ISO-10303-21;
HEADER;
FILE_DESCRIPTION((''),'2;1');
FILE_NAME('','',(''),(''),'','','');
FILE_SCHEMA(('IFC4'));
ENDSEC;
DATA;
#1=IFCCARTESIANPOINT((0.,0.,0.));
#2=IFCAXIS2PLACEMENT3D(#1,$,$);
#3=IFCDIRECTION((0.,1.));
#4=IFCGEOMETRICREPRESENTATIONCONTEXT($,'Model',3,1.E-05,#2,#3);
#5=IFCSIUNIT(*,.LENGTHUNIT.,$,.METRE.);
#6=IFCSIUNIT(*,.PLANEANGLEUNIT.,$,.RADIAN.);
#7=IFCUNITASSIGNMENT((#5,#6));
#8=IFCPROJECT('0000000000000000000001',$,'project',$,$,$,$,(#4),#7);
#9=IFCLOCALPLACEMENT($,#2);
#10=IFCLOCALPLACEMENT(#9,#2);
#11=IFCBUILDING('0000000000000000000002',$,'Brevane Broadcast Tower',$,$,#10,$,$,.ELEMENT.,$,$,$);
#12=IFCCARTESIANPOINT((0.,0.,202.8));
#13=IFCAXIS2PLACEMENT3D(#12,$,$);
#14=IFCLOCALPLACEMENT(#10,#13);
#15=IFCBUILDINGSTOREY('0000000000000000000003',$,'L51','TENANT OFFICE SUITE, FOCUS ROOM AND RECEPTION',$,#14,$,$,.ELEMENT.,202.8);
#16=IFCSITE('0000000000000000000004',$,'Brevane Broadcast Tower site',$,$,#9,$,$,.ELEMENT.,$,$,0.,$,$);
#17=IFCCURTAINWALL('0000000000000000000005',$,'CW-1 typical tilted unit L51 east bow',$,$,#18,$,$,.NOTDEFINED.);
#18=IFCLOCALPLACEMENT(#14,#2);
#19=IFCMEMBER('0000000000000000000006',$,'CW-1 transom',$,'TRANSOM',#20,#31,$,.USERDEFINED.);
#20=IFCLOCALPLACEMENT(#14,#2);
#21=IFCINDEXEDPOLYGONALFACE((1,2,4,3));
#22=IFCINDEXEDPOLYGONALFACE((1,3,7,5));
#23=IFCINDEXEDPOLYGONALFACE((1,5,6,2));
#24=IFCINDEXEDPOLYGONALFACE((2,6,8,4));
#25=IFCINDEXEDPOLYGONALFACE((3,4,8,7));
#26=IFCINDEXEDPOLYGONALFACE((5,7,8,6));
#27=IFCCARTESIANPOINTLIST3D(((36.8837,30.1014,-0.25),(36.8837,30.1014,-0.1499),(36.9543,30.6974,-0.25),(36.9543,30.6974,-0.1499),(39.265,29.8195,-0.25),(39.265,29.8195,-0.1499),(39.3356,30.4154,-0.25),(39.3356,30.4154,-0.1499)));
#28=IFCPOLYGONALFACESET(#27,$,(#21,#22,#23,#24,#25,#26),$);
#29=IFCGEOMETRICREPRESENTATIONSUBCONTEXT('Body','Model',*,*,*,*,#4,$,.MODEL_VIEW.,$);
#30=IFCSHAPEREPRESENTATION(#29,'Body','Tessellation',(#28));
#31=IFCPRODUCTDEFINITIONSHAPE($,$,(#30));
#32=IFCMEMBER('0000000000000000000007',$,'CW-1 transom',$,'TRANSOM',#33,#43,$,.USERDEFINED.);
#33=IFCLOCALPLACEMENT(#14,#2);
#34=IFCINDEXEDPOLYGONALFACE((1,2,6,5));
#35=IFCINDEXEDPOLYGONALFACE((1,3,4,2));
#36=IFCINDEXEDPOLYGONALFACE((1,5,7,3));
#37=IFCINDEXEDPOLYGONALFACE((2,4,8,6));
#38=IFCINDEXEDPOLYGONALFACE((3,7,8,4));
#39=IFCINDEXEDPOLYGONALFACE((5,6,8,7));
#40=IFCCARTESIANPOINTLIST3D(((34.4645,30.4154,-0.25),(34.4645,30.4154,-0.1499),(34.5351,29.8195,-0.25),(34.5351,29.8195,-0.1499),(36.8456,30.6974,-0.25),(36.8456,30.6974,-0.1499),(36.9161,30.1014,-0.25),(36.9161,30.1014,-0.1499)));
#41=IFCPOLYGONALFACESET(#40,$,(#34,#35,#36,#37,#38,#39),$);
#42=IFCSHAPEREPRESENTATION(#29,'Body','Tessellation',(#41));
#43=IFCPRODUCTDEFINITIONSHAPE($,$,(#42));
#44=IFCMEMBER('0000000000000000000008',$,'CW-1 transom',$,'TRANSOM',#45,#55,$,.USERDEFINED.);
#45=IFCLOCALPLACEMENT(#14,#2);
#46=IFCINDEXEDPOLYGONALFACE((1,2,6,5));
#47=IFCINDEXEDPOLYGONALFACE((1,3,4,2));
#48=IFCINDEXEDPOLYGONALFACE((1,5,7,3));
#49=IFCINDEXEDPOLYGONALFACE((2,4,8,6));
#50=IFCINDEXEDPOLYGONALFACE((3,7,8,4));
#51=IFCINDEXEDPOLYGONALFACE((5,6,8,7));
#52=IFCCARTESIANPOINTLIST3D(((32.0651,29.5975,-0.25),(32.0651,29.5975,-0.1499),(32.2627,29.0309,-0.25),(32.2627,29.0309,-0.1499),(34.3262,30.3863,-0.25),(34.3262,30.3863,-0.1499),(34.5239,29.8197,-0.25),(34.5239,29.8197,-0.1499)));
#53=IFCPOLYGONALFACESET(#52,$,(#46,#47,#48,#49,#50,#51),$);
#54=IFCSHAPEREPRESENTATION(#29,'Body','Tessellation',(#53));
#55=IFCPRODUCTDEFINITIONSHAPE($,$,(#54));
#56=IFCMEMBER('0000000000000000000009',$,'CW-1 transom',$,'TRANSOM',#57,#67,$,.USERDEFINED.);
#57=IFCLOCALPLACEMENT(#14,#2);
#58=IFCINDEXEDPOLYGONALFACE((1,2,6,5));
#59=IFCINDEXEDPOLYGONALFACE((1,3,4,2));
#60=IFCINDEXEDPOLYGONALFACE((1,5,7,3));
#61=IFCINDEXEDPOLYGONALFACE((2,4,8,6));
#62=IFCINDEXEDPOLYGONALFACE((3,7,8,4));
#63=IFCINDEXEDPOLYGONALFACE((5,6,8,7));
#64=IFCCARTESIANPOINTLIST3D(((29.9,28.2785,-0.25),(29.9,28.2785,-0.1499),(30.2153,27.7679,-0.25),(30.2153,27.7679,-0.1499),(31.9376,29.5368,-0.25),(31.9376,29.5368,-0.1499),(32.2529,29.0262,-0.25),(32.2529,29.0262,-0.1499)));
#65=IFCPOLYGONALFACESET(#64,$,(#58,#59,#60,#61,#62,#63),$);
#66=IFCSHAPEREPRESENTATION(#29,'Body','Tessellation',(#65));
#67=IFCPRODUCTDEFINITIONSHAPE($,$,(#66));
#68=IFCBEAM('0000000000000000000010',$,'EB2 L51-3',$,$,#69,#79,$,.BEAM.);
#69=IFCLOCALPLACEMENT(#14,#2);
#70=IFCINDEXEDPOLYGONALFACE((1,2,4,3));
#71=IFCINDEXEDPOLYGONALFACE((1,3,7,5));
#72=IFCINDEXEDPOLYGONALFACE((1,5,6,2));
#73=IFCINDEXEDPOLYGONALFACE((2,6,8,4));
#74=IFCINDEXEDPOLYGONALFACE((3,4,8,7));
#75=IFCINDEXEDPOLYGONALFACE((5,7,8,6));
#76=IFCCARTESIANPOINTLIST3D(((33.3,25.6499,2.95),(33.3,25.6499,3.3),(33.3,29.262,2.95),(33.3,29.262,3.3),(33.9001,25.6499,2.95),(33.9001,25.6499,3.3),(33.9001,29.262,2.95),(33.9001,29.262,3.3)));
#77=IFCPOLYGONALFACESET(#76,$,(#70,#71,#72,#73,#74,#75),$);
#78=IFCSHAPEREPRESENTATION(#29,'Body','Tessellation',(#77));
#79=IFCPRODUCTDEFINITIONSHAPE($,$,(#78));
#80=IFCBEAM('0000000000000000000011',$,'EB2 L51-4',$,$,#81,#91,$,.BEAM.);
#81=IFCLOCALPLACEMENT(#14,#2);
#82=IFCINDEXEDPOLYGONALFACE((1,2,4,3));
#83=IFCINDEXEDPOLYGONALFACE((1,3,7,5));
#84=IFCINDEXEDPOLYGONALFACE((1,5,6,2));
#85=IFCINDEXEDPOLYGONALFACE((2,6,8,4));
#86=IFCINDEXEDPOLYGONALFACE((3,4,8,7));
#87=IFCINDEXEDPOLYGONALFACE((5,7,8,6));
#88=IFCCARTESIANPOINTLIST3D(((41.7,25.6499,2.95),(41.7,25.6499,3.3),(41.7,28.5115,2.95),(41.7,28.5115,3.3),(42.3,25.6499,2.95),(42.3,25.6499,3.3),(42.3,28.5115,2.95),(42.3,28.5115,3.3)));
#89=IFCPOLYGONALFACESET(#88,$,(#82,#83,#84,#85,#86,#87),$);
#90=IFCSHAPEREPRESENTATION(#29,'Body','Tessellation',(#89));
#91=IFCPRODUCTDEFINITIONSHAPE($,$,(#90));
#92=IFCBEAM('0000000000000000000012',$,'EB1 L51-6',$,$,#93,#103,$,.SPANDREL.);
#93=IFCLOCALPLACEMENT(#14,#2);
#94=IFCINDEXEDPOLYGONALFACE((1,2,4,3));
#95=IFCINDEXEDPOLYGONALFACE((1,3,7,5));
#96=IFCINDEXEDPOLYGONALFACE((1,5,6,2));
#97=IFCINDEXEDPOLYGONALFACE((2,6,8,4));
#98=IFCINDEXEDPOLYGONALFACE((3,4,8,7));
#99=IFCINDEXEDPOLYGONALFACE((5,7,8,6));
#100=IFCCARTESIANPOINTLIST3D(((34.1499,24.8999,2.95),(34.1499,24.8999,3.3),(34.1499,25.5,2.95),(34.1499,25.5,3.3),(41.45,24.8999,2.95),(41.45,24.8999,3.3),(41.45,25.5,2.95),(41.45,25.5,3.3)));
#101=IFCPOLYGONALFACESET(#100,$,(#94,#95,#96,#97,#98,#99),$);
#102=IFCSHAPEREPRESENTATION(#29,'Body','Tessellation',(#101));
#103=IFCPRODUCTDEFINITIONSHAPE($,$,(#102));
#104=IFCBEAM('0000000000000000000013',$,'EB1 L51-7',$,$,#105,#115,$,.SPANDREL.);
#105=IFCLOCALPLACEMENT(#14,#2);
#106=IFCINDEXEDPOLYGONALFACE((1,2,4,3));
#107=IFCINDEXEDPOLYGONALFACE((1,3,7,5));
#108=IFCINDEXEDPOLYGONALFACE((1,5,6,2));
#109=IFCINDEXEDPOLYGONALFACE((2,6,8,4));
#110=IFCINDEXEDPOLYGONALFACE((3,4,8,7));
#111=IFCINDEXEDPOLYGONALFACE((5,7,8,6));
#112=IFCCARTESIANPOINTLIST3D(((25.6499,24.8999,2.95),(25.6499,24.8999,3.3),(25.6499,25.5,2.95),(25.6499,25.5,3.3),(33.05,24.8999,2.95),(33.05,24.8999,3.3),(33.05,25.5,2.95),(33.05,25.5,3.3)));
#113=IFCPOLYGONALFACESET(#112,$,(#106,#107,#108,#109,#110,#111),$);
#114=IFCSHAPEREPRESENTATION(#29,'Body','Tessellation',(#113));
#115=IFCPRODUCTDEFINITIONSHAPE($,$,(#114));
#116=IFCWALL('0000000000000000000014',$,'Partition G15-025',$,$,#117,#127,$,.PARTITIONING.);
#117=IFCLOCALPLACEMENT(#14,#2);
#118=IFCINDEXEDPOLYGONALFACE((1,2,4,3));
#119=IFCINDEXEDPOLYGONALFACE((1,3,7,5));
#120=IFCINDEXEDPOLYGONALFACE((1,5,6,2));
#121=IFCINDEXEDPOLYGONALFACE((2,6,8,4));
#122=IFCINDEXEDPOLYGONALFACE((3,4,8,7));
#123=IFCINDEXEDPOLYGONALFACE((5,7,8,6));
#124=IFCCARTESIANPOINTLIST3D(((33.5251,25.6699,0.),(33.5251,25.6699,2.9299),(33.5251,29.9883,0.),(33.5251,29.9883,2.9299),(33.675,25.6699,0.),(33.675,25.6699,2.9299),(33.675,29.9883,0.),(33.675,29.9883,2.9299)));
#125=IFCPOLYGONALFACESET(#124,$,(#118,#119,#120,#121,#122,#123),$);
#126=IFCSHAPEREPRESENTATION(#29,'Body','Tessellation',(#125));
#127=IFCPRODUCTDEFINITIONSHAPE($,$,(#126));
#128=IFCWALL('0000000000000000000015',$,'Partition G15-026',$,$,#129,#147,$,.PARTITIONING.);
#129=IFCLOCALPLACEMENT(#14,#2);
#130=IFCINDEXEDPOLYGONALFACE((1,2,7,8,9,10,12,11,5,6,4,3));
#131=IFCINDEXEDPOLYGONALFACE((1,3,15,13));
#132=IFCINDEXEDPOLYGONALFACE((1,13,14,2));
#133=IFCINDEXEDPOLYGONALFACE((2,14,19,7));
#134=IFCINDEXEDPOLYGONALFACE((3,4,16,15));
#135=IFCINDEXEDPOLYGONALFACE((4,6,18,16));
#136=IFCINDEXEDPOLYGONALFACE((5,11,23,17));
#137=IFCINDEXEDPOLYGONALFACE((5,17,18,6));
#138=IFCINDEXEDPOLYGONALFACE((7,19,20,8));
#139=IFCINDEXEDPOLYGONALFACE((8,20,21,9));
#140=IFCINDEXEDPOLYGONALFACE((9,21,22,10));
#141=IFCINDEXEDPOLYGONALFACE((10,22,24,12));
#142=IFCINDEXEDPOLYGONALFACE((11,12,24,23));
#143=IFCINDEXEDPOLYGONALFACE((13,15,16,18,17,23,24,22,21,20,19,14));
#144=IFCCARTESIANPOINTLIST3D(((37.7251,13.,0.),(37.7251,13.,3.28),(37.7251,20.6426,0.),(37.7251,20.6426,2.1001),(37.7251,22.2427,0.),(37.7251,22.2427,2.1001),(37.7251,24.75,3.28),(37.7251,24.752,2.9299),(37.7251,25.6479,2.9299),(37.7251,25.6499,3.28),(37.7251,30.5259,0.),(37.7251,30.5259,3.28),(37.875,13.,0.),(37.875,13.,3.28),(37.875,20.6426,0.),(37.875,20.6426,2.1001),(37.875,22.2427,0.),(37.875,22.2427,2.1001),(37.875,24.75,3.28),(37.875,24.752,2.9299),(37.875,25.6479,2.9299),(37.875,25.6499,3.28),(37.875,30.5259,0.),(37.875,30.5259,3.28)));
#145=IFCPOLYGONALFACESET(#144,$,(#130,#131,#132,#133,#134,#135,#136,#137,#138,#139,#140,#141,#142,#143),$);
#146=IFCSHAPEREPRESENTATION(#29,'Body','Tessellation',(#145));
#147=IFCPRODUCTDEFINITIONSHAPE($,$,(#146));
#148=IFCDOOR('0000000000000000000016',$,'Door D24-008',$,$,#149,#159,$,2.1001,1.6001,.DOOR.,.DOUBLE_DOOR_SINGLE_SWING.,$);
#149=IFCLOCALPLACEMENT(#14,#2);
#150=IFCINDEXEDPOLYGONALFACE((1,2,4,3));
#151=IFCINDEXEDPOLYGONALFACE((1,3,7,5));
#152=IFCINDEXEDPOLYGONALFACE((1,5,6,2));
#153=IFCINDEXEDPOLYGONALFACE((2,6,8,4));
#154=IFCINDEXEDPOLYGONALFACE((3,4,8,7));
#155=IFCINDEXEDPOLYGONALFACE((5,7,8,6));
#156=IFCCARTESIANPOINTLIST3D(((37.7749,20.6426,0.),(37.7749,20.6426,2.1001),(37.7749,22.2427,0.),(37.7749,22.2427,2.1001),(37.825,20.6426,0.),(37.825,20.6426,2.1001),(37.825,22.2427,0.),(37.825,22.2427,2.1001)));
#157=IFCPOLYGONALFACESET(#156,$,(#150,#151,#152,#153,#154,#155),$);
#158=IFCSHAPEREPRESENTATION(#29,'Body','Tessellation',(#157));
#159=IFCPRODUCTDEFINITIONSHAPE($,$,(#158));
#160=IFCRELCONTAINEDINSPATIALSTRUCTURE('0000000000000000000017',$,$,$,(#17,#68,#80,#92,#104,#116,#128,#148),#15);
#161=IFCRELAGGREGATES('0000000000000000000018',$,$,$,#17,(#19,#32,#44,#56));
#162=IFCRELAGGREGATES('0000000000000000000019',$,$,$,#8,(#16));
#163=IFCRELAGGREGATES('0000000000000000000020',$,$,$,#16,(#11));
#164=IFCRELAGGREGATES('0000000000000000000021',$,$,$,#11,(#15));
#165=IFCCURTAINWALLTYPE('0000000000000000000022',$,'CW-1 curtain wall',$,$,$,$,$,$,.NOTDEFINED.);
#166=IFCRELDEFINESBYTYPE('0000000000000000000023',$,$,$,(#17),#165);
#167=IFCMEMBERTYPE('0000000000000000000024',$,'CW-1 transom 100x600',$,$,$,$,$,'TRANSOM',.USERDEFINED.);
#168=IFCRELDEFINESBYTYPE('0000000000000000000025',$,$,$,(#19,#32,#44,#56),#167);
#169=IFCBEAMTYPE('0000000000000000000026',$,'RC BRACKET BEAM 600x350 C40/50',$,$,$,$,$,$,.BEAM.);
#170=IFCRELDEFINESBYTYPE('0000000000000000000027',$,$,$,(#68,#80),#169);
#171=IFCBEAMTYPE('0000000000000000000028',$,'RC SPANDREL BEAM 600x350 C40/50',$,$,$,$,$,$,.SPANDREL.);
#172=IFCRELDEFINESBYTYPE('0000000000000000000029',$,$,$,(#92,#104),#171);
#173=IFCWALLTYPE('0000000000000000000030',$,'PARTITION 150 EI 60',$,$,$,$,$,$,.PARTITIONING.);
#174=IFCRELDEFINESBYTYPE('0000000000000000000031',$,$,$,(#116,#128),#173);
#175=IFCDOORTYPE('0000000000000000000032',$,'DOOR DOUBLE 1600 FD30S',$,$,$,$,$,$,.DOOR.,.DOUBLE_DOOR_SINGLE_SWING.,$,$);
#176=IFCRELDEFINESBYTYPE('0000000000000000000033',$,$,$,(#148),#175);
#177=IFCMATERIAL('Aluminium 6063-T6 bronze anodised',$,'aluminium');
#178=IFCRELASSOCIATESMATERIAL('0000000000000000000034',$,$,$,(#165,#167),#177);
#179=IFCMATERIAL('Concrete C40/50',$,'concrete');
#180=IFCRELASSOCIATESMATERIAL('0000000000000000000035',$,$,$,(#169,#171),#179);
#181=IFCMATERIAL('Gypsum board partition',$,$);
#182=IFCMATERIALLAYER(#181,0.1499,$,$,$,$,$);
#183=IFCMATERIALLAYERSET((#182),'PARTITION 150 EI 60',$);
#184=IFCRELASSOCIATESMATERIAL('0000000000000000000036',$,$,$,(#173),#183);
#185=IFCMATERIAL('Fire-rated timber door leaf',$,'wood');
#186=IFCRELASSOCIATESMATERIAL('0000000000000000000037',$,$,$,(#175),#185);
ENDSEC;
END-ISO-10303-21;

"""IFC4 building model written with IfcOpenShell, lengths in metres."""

from ifc_helpers import new_model, si_unit, direction, frame, frame_2d, origin, origin_2d, place, context, subcontext, project, spatial, polyline, rectangle, outline, extrude, material, layer, layer_set, material_profile, profile_set, type_object, element, fill, aggregate, save


model = new_model("IFC4")

# Units and contexts
model_context = context("Model", 3, precision=1e-05, world=origin(), true_north=direction((0.0, 1.0)))
body_context = subcontext(model_context, "Body", "Model", "MODEL_VIEW")
ifc_project = project(units=[si_unit("LENGTHUNIT", "METRE"), si_unit("PLANEANGLEUNIT", "RADIAN")], contexts=[model_context])

# Site, building, storey
site_placement = place(None, origin())
site = spatial("IfcSite", under=ifc_project, at=site_placement, Name="Brevane Broadcast Tower site", CompositionType="ELEMENT", RefElevation=0.0)
building_placement = place(site_placement, origin())
building = spatial("IfcBuilding", under=site, at=building_placement, Name="Brevane Broadcast Tower", CompositionType="ELEMENT")
storey_placement = place(building_placement, frame((0.0, 0.0, 202.8)))
storey = spatial("IfcBuildingStorey", under=building, at=storey_placement, Name="L51", Description="TENANT OFFICE SUITE, FOCUS ROOM AND RECEPTION", CompositionType="ELEMENT", Elevation=202.8)

# Curtain wall
ifc_material_1 = material(Name="Aluminium 6063-T6 bronze anodised", Category="aluminium")
curtain_wall_type = type_object("IfcCurtainWallType", Name="CW-1 curtain wall", PredefinedType="NOTDEFINED", material=ifc_material_1)
curtain_wall_1_placement = place(storey_placement, origin())
curtain_wall_1 = element("IfcCurtainWall", 1, at=curtain_wall_1_placement, inside=storey, type_object=curtain_wall_type, Name="CW-1 typical tilted unit L51 east bow", PredefinedType="NOTDEFINED")

# Members
ifc_material_profile_1 = material_profile(ifc_material_1, rectangle(XDim=0.6001, YDim=0.1001, at=origin_2d()), Name="RECT 100x600")
ifc_profile_set_1 = profile_set([ifc_material_profile_1], Name="Aluminium 6063-T6 bronze anodised")
member_type_1 = type_object("IfcMemberType", Name="CW-1 transom 100x600", ElementType="TRANSOM", PredefinedType="USERDEFINED", material=ifc_profile_set_1)
member_1_placement = place(storey_placement, frame((39.3003, 30.1174, -0.2), z_axis=(-0.993062, 0.117591, 0.0), x_axis=(-0.117591, -0.993062, 0.0)))
member_1 = element("IfcMember", 2, at=member_1_placement, type_object=member_type_1, Name="CW-1 transom", ObjectType="TRANSOM", PredefinedType="USERDEFINED", context=body_context, shape_type="SweptSolid", body=[
    extrude(rectangle(XDim=0.6001, YDim=0.1001, at=origin_2d()), origin(), (0.0, 0.0, 1.0), 2.3979),
])
member_2_placement = place(storey_placement, frame((36.8809, 30.3994, -0.2), z_axis=(-0.993061, -0.117603, 0.0), x_axis=(0.117603, -0.993061, 0.0)))
member_2 = element("IfcMember", 3, at=member_2_placement, type_object=member_type_1, Name="CW-1 transom", ObjectType="TRANSOM", PredefinedType="USERDEFINED", context=body_context, shape_type="SweptSolid", body=[
    extrude(rectangle(XDim=0.6001, YDim=0.1001, at=origin_2d()), origin(), (0.0, 0.0, 1.0), 2.3977),
])
member_3_placement = place(storey_placement, frame((34.425, 30.103, -0.2), z_axis=(-0.944198, -0.329378, 0.0), x_axis=(0.329378, -0.944198, 0.0)))
member_3 = element("IfcMember", 4, at=member_3_placement, type_object=member_type_1, Name="CW-1 transom", ObjectType="TRANSOM", PredefinedType="USERDEFINED", context=body_context, shape_type="SweptSolid", body=[
    extrude(rectangle(XDim=0.6001, YDim=0.1001, at=origin_2d()), origin(), (0.0, 0.0, 1.0), 2.3948),
])
member_4_placement = place(storey_placement, frame((32.0952, 29.2815, -0.2), z_axis=(-0.850838, -0.525428, 0.0), x_axis=(0.525428, -0.850838, 0.0)))
member_4 = element("IfcMember", 5, at=member_4_placement, type_object=member_type_1, Name="CW-1 transom", ObjectType="TRANSOM", PredefinedType="USERDEFINED", context=body_context, shape_type="SweptSolid", body=[
    extrude(rectangle(XDim=0.6001, YDim=0.1001, at=origin_2d()), origin(), (0.0, 0.0, 1.0), 2.3948),
])
aggregate(curtain_wall_1, [member_1, member_2, member_3, member_4])

# Beams
ifc_material_2 = material(Name="Concrete C40/50", Category="concrete")
ifc_material_profile_2 = material_profile(ifc_material_2, rectangle(XDim=0.6001, YDim=0.3501, at=origin_2d()), Name="RC 600x350")
ifc_profile_set_2 = profile_set([ifc_material_profile_2], Name="Concrete C40/50")
beam_type_1 = type_object("IfcBeamType", Name="RC BRACKET BEAM 600x350 C40/50", PredefinedType="BEAM", material=ifc_profile_set_2)
beam_1_placement = place(storey_placement, frame((33.6001, 25.6499, 3.125), z_axis=(0.0, 1.0, 0.0), x_axis=(-1.0, 0.0, 0.0)))
element("IfcBeam", 6, at=beam_1_placement, inside=storey, type_object=beam_type_1, Name="EB2 L51-3", PredefinedType="BEAM", context=body_context, shape_type="SweptSolid", body=[
    extrude(rectangle(XDim=0.6001, YDim=0.3501, at=origin_2d()), origin(), (0.0, 0.0, 1.0), 3.6121),
])
beam_2_placement = place(storey_placement, frame((42.0, 25.6499, 3.125), z_axis=(0.0, 1.0, 0.0), x_axis=(-1.0, 0.0, 0.0)))
element("IfcBeam", 7, at=beam_2_placement, inside=storey, type_object=beam_type_1, Name="EB2 L51-4", PredefinedType="BEAM", context=body_context, shape_type="SweptSolid", body=[
    extrude(rectangle(XDim=0.6001, YDim=0.3501, at=origin_2d()), origin(), (0.0, 0.0, 1.0), 2.8616),
])
ifc_material_profile_3 = material_profile(ifc_material_2, rectangle(XDim=0.6001, YDim=0.3501, at=origin_2d()), Name="RC 600x350")
ifc_profile_set_3 = profile_set([ifc_material_profile_3], Name="Concrete C40/50")
beam_type_2 = type_object("IfcBeamType", Name="RC SPANDREL BEAM 600x350 C40/50", PredefinedType="SPANDREL", material=ifc_profile_set_3)
beam_3_placement = place(storey_placement, frame((41.45, 25.2, 3.125), z_axis=(-1.0, 0.0, 0.0), x_axis=(0.0, -1.0, 0.0)))
element("IfcBeam", 8, at=beam_3_placement, inside=storey, type_object=beam_type_2, Name="EB1 L51-6", PredefinedType="SPANDREL", context=body_context, shape_type="SweptSolid", body=[
    extrude(rectangle(XDim=0.6001, YDim=0.3501, at=origin_2d()), origin(), (0.0, 0.0, 1.0), 7.3),
])
beam_4_placement = place(storey_placement, frame((33.05, 25.2, 3.125), z_axis=(-1.0, 0.0, 0.0), x_axis=(0.0, -1.0, 0.0)))
element("IfcBeam", 9, at=beam_4_placement, inside=storey, type_object=beam_type_2, Name="EB1 L51-7", PredefinedType="SPANDREL", context=body_context, shape_type="SweptSolid", body=[
    extrude(rectangle(XDim=0.6001, YDim=0.3501, at=origin_2d()), origin(), (0.0, 0.0, 1.0), 7.4001),
])

# Wall
ifc_material_3 = material(Name="Gypsum board partition")
ifc_layer = layer(ifc_material_3, 0.1499)
ifc_layer_set = layer_set([ifc_layer], Name="PARTITION 150 EI 60")
wall_type = type_object("IfcWallType", Name="PARTITION 150 EI 60", PredefinedType="PARTITIONING", material=ifc_layer_set)
wall_1_placement = place(storey_placement, frame((33.6001, 25.6699, 0.0), z_axis=(0.0, 0.0, 1.0), x_axis=(0.0, 1.0, 0.0)))
element("IfcWall", 10, at=wall_1_placement, inside=storey, type_object=wall_type, Name="Partition G15-025", PredefinedType="PARTITIONING", context=body_context, shape_type="SweptSolid", body=[
    extrude(rectangle(XDim=4.3184, YDim=0.1499, at=frame_2d((2.1592, 0.0))), origin(), (0.0, 0.0, 1.0), 2.9299),
])

# Wall, opening, door
wall_2_placement = place(storey_placement, frame((37.8, 30.5259, 0.0), z_axis=(0.0, 0.0, 1.0), x_axis=(0.0, -1.0, 0.0)))
wall_2 = element("IfcWall", 11, at=wall_2_placement, inside=storey, type_object=wall_type, Name="Partition G15-026", PredefinedType="PARTITIONING", context=body_context, shape_type="SweptSolid", body=[
    extrude(outline(polyline([(0.0, 0.0), (17.5259, 0.0), (17.5259, 3.28), (5.7759, 3.28), (5.7739, 2.9299), (4.8779, 2.9299), (4.876, 3.28), (0.2832, 3.28), (0.0, 3.28), (0.0, 0.0)])), frame((0.0, 0.075, 0.0), z_axis=(0.0, -1.0, 0.0), x_axis=(1.0, 0.0, 0.0)), (0.0, 0.0, 1.0), 0.1499),
])
opening_placement = place(wall_2_placement, frame((8.2832, 0.0, 0.0)))
opening = element("IfcOpeningElement", 12, at=opening_placement, cuts=wall_2, PredefinedType="OPENING", context=body_context, shape_type="SweptSolid", body=[
    extrude(rectangle(XDim=1.6001, YDim=2.1001, at=frame_2d((0.8, 1.05))), frame((0.0, 0.085, 0.0), z_axis=(0.0, -1.0, 0.0), x_axis=(1.0, 0.0, 0.0)), (0.0, 0.0, 1.0), 0.1699),
])
ifc_material_4 = material(Name="Fire-rated timber door leaf", Category="wood")
door_type = type_object("IfcDoorType", Name="DOOR DOUBLE 1600 FD30S", OperationType="DOUBLE_DOOR_SINGLE_SWING", PredefinedType="DOOR", material=ifc_material_4)
door_placement = place(opening_placement, origin())
door = element("IfcDoor", 13, at=door_placement, inside=storey, type_object=door_type, Name="Door D24-008", OperationType="DOUBLE_DOOR_SINGLE_SWING", OverallHeight=2.1001, OverallWidth=1.6001, PredefinedType="DOOR", context=body_context, shape_type="SweptSolid", body=[
    extrude(rectangle(XDim=1.6001, YDim=2.1001, at=frame_2d((0.8, 1.05))), frame((0.0, 0.0249, 0.0), z_axis=(0.0, -1.0, 0.0), x_axis=(1.0, 0.0, 0.0)), (0.0, 0.0, 1.0), 0.05),
])
fill(opening, door)

save(model, "model.ifc")
